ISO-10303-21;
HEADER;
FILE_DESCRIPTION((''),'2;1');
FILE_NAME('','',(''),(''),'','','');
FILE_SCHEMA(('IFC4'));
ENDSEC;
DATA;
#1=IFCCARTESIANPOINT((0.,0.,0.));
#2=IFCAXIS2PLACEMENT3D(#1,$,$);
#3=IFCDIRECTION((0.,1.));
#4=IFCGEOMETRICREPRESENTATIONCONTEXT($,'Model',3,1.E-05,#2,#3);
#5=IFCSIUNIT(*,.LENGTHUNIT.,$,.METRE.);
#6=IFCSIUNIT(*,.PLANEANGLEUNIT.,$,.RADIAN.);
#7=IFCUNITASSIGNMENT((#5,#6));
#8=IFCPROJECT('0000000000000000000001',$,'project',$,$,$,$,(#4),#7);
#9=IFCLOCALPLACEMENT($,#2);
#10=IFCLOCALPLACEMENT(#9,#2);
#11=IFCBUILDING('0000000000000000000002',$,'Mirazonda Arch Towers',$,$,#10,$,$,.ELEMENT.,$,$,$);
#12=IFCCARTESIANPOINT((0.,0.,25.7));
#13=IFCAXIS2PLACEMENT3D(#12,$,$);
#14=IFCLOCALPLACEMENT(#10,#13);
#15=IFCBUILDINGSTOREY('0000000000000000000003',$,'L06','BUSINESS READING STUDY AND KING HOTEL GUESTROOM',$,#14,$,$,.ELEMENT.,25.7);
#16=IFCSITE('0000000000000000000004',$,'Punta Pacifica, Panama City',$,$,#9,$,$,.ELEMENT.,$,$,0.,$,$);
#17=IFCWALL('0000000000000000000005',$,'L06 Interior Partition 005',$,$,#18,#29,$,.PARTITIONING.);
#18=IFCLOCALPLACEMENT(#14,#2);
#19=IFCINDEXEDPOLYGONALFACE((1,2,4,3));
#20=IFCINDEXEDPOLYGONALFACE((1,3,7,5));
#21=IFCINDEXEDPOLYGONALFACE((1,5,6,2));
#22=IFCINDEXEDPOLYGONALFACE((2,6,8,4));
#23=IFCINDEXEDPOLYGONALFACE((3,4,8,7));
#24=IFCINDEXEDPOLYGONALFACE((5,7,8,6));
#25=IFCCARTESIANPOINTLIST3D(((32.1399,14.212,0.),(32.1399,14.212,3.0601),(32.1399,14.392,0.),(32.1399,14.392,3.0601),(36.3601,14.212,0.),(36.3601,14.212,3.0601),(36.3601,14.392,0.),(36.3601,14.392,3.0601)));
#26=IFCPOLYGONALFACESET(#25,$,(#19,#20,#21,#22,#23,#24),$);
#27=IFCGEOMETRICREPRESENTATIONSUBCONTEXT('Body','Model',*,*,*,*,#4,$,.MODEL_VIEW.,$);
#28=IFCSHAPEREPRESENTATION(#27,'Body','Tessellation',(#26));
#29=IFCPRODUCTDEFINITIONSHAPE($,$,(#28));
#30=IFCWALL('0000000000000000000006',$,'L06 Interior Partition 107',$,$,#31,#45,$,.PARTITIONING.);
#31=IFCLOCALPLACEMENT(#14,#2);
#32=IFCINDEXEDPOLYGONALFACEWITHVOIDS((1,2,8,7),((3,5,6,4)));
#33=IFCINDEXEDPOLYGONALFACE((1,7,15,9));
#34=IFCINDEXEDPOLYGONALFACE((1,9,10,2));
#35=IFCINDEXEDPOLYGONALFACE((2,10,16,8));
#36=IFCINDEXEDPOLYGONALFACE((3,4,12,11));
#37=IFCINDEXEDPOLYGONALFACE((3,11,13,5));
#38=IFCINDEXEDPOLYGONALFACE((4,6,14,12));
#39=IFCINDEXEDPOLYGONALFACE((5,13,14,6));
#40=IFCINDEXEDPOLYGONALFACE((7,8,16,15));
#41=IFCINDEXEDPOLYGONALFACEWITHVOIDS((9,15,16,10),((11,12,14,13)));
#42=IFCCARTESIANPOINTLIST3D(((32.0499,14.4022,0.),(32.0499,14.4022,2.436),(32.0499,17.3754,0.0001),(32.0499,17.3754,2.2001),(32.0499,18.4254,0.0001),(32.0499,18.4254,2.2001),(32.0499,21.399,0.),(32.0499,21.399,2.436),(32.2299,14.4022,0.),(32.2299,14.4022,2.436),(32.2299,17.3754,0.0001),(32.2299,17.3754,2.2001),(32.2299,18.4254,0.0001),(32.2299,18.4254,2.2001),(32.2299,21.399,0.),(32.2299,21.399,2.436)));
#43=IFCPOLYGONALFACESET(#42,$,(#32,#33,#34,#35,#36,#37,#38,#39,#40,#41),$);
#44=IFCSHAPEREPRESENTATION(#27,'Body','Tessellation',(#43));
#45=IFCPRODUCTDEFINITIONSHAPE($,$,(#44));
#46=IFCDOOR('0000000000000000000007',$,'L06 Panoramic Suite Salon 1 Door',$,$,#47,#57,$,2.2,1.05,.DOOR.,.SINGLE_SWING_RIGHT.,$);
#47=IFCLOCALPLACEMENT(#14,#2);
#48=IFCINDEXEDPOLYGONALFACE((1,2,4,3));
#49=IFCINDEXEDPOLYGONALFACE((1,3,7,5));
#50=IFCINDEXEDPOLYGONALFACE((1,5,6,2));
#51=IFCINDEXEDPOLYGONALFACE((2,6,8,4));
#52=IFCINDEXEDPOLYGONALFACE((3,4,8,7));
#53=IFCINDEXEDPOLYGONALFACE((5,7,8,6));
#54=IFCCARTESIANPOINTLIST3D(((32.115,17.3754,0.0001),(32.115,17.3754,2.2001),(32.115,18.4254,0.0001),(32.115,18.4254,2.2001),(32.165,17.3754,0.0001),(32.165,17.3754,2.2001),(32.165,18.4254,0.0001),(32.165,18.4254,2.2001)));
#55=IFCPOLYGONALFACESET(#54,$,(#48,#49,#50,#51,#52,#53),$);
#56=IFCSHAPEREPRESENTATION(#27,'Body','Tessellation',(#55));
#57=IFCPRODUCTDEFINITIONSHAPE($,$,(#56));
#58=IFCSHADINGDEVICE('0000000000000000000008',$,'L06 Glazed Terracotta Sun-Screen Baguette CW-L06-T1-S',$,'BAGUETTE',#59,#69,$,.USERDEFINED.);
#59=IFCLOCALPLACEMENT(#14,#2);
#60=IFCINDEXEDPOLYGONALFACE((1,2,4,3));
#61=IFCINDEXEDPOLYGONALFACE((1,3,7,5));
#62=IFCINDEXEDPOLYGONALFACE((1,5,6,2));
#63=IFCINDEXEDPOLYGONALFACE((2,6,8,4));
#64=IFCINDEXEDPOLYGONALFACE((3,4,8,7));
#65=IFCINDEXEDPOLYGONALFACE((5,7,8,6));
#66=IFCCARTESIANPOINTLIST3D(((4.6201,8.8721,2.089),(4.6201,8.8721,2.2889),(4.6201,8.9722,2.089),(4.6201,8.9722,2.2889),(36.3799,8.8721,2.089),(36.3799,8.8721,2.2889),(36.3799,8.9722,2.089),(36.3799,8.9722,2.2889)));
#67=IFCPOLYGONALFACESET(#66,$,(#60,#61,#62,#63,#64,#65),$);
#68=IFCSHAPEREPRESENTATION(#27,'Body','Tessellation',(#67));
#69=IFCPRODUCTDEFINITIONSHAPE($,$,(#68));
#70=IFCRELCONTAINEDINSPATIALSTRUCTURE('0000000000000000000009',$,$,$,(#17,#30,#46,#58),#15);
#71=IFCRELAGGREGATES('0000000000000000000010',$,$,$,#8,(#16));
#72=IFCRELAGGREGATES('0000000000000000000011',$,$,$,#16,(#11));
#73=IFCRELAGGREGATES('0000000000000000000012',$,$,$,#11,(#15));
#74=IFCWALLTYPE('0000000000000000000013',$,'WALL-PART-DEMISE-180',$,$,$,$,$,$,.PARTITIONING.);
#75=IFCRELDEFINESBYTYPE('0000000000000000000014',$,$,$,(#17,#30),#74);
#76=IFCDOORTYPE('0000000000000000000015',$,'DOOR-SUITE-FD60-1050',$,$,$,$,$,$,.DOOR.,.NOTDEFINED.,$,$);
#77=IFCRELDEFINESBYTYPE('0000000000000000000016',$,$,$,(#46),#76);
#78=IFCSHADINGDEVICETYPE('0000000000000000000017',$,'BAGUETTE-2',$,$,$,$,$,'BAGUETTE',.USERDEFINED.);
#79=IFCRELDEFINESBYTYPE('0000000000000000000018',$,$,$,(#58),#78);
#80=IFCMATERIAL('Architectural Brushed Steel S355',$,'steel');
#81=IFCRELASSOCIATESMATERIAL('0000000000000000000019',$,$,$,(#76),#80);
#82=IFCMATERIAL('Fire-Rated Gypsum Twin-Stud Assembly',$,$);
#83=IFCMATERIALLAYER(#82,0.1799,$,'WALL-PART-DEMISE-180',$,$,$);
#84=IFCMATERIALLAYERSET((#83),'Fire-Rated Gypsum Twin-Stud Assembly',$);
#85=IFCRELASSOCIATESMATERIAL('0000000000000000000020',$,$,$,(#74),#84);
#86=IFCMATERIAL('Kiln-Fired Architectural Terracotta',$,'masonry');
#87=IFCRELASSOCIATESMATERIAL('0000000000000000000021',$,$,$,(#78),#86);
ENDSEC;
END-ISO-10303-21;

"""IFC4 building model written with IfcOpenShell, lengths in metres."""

from ifc_helpers import new_model, si_unit, direction, frame, frame_2d, origin, origin_2d, place, context, subcontext, project, spatial, rectangle, extrude, material, layer, layer_set, material_profile, profile_set, type_object, element, fill, save


model = new_model("IFC4")

# Units and contexts
model_context = context("Model", 3, precision=1e-05, world=origin(), true_north=direction((0.0, 1.0)))
body_context = subcontext(model_context, "Body", "Model", "MODEL_VIEW")
ifc_project = project(units=[si_unit("LENGTHUNIT", "METRE"), si_unit("PLANEANGLEUNIT", "RADIAN")], contexts=[model_context])

# Site, building, storey
site_placement = place(None, origin())
site = spatial("IfcSite", under=ifc_project, at=site_placement, Name="Punta Pacifica, Panama City", CompositionType="ELEMENT", RefElevation=0.0)
building_placement = place(site_placement, origin())
building = spatial("IfcBuilding", under=site, at=building_placement, Name="Mirazonda Arch Towers", CompositionType="ELEMENT")
storey_placement = place(building_placement, frame((0.0, 0.0, 25.7)))
storey = spatial("IfcBuildingStorey", under=building, at=storey_placement, Name="L06", Description="BUSINESS READING STUDY AND KING HOTEL GUESTROOM", CompositionType="ELEMENT", Elevation=25.7)

# Shared definitions
ifc_material_1 = material(Name="Architectural Brushed Steel S355", Category="steel")
door_type_1 = type_object("IfcDoorType", Name="DOOR-SUITE-FD60-1050", OperationType="NOTDEFINED", PredefinedType="DOOR", material=ifc_material_1)

# Wall
ifc_material_2 = material(Name="Fire-Rated Gypsum Twin-Stud Assembly")
ifc_layer_1 = layer(ifc_material_2, 0.1799, Name="WALL-PART-DEMISE-180")
ifc_layer_set_1 = layer_set([ifc_layer_1], Name="Fire-Rated Gypsum Twin-Stud Assembly")
wall_type_1 = type_object("IfcWallType", Name="WALL-PART-DEMISE-180", PredefinedType="PARTITIONING", material=ifc_layer_set_1)
wall_1_placement = place(storey_placement, frame((32.1399, 14.302, 0.0), z_axis=(0.0, 0.0, 1.0), x_axis=(1.0, 0.0, 0.0)))
element("IfcWall", 1, at=wall_1_placement, inside=storey, type_object=wall_type_1, Name="L06 Interior Partition 005", PredefinedType="PARTITIONING", context=body_context, shape_type="SweptSolid", body=[
    extrude(rectangle(XDim=4.2202, YDim=0.1799, at=frame_2d((2.1101, 0.0))), origin(), (0.0, 0.0, 1.0), 3.0601),
])

# Wall, opening, door
wall_2_placement = place(storey_placement, frame((32.1399, 14.4021, 0.0), z_axis=(0.0, 0.0, 1.0), x_axis=(0.0, 1.0, 0.0)))
wall_2 = element("IfcWall", 2, at=wall_2_placement, inside=storey, type_object=wall_type_1, Name="L06 Interior Partition 107", PredefinedType="PARTITIONING", context=body_context, shape_type="SweptSolid", body=[
    extrude(rectangle(XDim=6.9968, YDim=0.1799, at=frame_2d((3.4985, 0.0))), origin(), (0.0, 0.0, 1.0), 2.436),
])
opening_1_placement = place(wall_2_placement, frame((2.9734, 0.0, 0.0)))
opening_1 = element("IfcOpeningElement", 3, at=opening_1_placement, cuts=wall_2, PredefinedType="OPENING", context=body_context, shape_type="SweptSolid", body=[
    extrude(rectangle(XDim=1.05, YDim=2.2, at=frame_2d((0.5249, 1.1001))), frame((0.0, 0.0999, 0.0), z_axis=(0.0, -1.0, 0.0), x_axis=(1.0, 0.0, 0.0)), (0.0, 0.0, 1.0), 0.2),
])
door_1_placement = place(opening_1_placement, origin())
door_1 = element("IfcDoor", 4, at=door_1_placement, inside=storey, type_object=door_type_1, Name="L06 Panoramic Suite Salon 1 Door", OperationType="SINGLE_SWING_RIGHT", OverallHeight=2.2, OverallWidth=1.05, PredefinedType="DOOR", context=body_context, shape_type="SweptSolid", body=[
    extrude(rectangle(XDim=1.05, YDim=2.2, at=frame_2d((0.5249, 1.1001))), frame((0.0, 0.0249, 0.0), z_axis=(0.0, -1.0, 0.0), x_axis=(1.0, 0.0, 0.0)), (0.0, 0.0, 1.0), 0.05),
])
fill(opening_1, door_1)

# Shading device
ifc_material_3 = material(Name="Kiln-Fired Architectural Terracotta", Category="masonry")
ifc_material_profile_1 = material_profile(ifc_material_3, rectangle(XDim=0.1001, YDim=0.2, at=origin_2d()), Name="TERRA-BAG-100x200")
ifc_profile_set_1 = profile_set([ifc_material_profile_1], Name="Kiln-Fired Architectural Terracotta")
shading_device_type = type_object("IfcShadingDeviceType", Name="BAGUETTE-2", ElementType="BAGUETTE", PredefinedType="USERDEFINED", material=ifc_profile_set_1)
shading_device_placement = place(storey_placement, frame((36.3799, 8.9221, 2.189), z_axis=(-1.0, 0.0, 0.0), x_axis=(0.0, -1.0, 0.0)))
element("IfcShadingDevice", 5, at=shading_device_placement, inside=storey, type_object=shading_device_type, Name="L06 Glazed Terracotta Sun-Screen Baguette CW-L06-T1-S", ObjectType="BAGUETTE", PredefinedType="USERDEFINED", context=body_context, shape_type="SweptSolid", body=[
    extrude(rectangle(XDim=0.1001, YDim=0.2, at=origin_2d()), origin(), (0.0, 0.0, 1.0), 31.7598),
])

save(model, "model.ifc")
